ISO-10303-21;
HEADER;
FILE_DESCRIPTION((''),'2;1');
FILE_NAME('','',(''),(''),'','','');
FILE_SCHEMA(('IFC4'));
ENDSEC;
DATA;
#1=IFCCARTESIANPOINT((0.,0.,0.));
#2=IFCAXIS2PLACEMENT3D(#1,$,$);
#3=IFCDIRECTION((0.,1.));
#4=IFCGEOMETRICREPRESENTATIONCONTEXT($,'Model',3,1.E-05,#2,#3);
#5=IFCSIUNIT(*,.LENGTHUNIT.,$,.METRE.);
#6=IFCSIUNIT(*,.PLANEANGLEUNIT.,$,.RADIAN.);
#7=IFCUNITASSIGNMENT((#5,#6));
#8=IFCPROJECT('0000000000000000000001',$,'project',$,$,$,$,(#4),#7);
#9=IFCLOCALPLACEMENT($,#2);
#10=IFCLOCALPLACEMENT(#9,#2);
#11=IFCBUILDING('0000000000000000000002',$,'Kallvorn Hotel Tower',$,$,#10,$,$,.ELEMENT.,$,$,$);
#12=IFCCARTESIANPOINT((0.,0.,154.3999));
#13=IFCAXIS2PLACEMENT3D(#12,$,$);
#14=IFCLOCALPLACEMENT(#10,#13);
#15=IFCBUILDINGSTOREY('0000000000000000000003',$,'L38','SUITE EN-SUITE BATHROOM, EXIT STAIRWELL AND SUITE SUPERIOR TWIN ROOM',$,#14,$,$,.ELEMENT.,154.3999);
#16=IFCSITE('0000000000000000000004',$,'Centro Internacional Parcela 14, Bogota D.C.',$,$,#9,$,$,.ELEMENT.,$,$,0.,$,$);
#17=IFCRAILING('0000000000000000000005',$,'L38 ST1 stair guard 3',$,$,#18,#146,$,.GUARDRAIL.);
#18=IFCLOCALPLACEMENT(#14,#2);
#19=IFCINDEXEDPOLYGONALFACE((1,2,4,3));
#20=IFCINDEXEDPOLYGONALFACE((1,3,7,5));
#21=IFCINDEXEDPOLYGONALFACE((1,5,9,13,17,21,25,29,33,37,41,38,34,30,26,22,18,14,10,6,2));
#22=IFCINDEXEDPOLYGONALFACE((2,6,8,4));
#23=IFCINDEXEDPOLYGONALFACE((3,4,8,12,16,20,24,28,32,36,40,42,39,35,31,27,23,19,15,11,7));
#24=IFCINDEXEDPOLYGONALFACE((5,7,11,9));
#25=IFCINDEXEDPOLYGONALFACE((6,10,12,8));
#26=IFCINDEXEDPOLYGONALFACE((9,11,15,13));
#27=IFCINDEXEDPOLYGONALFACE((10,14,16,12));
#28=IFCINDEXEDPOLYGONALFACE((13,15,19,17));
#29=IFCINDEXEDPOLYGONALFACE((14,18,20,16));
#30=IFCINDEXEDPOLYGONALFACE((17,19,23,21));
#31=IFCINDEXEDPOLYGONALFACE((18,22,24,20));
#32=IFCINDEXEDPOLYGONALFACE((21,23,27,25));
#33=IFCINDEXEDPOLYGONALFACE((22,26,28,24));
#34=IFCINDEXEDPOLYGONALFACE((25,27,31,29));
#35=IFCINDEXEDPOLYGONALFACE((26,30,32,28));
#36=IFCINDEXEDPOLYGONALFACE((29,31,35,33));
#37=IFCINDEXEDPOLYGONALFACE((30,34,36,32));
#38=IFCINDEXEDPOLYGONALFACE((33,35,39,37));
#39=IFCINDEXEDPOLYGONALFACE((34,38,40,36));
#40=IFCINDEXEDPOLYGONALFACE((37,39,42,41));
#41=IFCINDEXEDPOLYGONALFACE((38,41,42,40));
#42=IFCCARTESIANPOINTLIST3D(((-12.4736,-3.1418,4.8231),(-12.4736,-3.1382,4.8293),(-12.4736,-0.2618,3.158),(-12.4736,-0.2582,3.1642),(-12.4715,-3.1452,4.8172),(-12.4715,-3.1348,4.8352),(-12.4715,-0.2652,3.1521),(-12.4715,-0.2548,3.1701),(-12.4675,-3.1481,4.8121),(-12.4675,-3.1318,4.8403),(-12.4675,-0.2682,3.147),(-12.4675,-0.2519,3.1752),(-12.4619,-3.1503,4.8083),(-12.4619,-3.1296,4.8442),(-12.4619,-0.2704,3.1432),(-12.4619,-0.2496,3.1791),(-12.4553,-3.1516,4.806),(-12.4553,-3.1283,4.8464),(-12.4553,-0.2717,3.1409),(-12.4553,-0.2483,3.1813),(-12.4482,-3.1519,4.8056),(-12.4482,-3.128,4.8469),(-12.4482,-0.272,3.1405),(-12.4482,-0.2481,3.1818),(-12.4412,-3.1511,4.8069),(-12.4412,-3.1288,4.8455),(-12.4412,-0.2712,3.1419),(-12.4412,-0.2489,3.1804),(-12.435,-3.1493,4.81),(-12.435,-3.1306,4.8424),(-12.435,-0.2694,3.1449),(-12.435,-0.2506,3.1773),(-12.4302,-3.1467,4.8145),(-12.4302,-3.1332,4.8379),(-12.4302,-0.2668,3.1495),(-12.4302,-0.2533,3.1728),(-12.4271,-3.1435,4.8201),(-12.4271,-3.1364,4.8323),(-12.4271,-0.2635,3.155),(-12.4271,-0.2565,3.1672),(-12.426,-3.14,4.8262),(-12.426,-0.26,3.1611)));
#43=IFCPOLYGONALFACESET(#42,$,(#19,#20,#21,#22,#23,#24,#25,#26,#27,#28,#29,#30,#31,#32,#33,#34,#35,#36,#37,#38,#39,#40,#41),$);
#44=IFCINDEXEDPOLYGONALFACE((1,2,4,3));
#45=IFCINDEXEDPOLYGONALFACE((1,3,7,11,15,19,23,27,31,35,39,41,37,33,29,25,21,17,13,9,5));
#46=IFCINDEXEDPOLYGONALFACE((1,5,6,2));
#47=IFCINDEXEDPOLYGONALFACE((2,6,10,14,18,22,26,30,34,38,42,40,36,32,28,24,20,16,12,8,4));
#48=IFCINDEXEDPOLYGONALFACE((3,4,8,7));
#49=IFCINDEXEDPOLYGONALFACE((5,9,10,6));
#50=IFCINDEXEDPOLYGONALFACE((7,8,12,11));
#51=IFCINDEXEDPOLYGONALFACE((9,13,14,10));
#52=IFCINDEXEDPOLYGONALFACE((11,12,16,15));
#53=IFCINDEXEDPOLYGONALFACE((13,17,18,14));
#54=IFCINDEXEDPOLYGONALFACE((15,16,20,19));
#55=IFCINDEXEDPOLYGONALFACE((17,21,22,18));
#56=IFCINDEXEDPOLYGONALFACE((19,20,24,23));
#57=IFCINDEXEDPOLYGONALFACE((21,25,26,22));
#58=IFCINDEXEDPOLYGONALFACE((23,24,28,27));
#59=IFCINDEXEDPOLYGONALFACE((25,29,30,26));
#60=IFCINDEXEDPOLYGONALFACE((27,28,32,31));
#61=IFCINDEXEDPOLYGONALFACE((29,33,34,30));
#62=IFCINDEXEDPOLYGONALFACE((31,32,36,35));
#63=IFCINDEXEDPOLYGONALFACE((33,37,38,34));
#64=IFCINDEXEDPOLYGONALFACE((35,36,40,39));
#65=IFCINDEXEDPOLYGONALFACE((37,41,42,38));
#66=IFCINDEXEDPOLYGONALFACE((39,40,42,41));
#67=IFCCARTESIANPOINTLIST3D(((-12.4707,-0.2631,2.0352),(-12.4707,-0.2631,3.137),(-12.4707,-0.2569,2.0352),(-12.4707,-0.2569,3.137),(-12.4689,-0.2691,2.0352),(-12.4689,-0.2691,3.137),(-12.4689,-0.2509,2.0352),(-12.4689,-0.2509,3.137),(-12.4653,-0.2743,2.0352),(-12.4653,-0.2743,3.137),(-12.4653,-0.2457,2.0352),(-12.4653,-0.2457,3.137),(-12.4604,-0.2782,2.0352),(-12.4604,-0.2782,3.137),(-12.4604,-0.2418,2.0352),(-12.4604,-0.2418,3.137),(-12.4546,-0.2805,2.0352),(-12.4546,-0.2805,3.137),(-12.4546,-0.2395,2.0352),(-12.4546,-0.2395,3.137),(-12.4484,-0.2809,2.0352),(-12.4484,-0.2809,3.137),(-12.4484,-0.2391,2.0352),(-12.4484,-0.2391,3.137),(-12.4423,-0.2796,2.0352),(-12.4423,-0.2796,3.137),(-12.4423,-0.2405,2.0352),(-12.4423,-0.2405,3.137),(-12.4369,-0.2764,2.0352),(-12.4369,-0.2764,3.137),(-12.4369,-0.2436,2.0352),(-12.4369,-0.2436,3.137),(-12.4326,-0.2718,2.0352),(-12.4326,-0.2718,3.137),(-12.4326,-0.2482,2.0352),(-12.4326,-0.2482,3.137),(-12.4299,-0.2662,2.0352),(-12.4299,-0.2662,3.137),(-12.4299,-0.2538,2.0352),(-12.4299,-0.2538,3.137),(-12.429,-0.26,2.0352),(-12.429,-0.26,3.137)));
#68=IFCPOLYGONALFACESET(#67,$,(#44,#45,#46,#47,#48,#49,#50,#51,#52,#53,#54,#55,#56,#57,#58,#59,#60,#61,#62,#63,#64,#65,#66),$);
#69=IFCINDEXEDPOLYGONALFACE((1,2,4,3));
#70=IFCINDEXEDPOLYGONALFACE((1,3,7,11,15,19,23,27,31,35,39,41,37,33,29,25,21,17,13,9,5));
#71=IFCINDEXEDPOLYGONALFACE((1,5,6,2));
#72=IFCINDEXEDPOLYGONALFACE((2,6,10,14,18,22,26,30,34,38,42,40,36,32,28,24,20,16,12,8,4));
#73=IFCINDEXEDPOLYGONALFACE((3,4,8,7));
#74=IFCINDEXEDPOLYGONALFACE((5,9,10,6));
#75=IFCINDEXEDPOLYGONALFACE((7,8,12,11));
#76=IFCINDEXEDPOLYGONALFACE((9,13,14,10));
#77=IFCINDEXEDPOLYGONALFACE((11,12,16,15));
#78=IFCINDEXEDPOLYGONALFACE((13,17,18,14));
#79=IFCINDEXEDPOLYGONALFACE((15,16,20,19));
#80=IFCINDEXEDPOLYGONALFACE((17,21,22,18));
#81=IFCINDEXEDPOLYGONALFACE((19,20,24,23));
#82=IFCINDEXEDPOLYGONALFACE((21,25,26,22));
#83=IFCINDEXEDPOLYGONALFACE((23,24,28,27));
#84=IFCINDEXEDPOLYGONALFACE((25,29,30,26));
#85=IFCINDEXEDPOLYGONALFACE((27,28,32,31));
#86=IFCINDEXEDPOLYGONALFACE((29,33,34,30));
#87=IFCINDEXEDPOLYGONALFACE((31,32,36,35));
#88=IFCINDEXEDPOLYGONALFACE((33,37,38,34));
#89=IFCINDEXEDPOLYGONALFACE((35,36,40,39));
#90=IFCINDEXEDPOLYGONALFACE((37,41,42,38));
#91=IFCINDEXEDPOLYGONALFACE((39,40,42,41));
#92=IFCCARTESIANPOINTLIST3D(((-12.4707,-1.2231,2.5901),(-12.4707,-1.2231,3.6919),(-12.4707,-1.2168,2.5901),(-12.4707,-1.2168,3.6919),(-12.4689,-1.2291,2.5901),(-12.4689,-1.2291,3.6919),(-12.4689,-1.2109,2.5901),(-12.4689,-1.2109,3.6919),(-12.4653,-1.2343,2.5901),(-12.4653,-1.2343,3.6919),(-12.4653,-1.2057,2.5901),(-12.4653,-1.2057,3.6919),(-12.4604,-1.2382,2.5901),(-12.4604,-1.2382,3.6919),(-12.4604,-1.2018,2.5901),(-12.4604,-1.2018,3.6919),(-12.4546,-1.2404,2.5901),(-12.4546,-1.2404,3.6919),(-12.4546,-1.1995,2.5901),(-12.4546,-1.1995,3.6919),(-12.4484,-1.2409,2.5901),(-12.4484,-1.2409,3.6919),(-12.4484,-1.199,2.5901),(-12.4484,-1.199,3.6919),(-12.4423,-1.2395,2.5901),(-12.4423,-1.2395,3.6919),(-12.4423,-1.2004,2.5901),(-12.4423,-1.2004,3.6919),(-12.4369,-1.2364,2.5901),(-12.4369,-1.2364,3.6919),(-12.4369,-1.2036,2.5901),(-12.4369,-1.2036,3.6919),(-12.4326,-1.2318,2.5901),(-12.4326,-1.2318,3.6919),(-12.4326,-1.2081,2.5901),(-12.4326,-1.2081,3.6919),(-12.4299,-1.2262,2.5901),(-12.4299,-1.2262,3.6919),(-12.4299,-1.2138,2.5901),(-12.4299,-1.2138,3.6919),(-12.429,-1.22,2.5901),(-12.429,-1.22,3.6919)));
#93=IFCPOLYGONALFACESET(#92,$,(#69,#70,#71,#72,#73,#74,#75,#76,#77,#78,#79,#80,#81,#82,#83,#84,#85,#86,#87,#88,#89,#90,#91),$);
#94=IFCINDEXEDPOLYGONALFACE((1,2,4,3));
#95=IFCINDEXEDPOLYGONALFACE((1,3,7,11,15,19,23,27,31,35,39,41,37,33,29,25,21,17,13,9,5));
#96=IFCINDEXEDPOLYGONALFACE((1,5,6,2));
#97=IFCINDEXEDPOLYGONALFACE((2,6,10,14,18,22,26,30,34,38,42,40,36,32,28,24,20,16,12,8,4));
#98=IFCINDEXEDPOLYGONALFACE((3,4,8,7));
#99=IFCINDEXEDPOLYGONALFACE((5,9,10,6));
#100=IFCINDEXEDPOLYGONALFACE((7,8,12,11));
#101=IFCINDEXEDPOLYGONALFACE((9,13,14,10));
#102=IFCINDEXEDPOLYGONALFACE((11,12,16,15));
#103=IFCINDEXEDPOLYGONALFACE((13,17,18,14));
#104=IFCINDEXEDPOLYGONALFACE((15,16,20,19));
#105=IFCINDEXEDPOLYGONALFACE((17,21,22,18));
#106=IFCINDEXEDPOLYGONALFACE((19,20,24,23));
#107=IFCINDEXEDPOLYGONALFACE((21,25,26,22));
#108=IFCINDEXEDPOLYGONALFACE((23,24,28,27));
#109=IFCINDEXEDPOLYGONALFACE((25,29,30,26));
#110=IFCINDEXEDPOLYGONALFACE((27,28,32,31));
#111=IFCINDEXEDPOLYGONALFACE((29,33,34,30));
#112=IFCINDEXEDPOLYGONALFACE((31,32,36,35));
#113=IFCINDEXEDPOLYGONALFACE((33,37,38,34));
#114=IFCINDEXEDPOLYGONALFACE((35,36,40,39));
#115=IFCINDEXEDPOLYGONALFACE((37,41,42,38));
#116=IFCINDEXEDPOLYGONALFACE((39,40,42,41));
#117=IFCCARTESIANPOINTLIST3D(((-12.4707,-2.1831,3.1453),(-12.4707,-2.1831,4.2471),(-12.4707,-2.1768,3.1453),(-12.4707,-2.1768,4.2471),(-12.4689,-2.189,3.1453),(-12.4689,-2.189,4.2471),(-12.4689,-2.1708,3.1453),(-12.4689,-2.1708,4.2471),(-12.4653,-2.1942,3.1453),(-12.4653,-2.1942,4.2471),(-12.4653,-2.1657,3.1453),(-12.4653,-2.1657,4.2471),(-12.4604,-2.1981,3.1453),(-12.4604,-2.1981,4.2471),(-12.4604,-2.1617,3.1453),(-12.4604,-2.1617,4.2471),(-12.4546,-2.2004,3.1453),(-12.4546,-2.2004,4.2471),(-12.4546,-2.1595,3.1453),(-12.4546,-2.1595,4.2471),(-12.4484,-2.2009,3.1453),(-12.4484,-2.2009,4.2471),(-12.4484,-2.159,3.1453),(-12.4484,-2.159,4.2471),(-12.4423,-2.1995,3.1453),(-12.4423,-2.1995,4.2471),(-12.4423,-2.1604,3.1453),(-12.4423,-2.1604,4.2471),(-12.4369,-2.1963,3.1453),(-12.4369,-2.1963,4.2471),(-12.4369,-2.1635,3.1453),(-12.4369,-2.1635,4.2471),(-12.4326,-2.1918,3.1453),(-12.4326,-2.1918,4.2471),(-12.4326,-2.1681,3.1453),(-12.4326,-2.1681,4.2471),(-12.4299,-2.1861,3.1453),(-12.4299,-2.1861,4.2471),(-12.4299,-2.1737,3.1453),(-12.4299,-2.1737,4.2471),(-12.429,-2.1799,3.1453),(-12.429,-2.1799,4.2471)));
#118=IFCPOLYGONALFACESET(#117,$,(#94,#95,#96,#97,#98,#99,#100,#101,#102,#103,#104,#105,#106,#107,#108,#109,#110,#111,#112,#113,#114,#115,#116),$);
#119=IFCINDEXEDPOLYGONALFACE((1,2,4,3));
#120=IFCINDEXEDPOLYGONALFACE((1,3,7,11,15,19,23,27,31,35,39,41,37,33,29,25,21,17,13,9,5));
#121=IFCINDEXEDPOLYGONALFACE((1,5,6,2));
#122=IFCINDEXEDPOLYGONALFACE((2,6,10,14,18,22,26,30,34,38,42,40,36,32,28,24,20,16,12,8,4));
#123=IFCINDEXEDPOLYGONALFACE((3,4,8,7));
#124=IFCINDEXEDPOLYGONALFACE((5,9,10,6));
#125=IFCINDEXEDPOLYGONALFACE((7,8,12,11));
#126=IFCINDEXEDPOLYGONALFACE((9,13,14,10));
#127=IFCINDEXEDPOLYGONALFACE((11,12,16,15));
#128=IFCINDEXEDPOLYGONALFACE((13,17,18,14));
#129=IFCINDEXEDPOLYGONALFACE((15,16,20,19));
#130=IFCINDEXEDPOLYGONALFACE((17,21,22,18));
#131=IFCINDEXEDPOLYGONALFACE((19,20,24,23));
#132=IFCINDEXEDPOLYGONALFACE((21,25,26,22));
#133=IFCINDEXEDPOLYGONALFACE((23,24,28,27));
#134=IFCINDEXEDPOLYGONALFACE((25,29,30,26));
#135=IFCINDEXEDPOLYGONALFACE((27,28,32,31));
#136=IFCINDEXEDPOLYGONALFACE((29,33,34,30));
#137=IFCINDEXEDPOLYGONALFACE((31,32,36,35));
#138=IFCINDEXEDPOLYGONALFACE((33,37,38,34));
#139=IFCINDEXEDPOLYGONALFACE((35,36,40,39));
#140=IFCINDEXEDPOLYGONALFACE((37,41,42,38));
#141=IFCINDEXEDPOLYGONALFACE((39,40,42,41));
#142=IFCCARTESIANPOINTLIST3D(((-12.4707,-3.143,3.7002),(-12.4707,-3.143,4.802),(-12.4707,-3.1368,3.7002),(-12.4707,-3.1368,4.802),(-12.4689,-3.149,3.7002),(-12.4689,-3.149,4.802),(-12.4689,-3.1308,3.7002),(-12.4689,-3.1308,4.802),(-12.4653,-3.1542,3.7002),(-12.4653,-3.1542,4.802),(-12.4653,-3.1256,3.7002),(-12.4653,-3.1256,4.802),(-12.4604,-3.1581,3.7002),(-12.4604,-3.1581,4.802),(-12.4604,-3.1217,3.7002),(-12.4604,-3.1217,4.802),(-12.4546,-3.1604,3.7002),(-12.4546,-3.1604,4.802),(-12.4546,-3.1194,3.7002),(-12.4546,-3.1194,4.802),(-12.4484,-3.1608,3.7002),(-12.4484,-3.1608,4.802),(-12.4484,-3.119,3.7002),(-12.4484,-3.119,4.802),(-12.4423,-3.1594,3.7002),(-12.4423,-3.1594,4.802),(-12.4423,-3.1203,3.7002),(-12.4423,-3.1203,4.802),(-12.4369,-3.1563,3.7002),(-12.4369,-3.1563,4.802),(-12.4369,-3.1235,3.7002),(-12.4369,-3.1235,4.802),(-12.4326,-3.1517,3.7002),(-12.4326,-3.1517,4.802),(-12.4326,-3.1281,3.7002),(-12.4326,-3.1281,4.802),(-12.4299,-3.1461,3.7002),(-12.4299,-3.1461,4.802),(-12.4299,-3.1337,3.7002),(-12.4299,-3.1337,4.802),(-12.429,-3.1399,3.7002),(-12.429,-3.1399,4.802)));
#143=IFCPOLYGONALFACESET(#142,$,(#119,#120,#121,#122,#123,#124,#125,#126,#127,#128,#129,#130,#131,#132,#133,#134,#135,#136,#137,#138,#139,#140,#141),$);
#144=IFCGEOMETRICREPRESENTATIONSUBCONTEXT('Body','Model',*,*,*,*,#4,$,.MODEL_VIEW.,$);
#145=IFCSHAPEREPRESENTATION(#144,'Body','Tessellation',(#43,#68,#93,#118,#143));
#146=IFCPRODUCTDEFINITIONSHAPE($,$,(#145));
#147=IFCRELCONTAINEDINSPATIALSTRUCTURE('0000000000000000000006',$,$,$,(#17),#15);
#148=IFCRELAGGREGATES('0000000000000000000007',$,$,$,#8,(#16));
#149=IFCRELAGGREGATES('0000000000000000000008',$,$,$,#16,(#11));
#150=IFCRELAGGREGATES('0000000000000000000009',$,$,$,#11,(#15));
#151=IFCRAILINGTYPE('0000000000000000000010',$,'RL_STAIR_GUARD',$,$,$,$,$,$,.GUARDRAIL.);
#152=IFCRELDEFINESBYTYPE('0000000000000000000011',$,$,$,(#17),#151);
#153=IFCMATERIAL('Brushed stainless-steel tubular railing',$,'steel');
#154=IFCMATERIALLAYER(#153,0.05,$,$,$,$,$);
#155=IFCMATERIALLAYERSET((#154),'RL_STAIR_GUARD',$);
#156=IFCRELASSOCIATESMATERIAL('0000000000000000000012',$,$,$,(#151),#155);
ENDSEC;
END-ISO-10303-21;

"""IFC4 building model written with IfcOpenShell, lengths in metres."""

from ifc_helpers import new_model, si_unit, direction, frame, origin, origin_2d, place, context, subcontext, project, spatial, circle, extrude, material, layer, layer_set, type_object, element, save


model = new_model("IFC4")

# Units and contexts
model_context = context("Model", 3, precision=1e-05, world=origin(), true_north=direction((0.0, 1.0)))
body_context = subcontext(model_context, "Body", "Model", "MODEL_VIEW")
ifc_project = project(units=[si_unit("LENGTHUNIT", "METRE"), si_unit("PLANEANGLEUNIT", "RADIAN")], contexts=[model_context])

# Site, building, storey
site_placement = place(None, origin())
site = spatial("IfcSite", under=ifc_project, at=site_placement, Name="Centro Internacional Parcela 14, Bogota D.C.", CompositionType="ELEMENT", RefElevation=0.0)
building_placement = place(site_placement, origin())
building = spatial("IfcBuilding", under=site, at=building_placement, Name="Kallvorn Hotel Tower", CompositionType="ELEMENT")
storey_placement = place(building_placement, frame((0.0, 0.0, 154.3999)))
storey = spatial("IfcBuildingStorey", under=building, at=storey_placement, Name="L38", Description="SUITE EN-SUITE BATHROOM, EXIT STAIRWELL AND SUITE SUPERIOR TWIN ROOM", CompositionType="ELEMENT", Elevation=154.3999)

# Railing
ifc_material_1 = material(Name="Brushed stainless-steel tubular railing", Category="steel")
ifc_layer_1 = layer(ifc_material_1, 0.05)
ifc_layer_set_1 = layer_set([ifc_layer_1], Name="RL_STAIR_GUARD")
railing_type_1 = type_object("IfcRailingType", Name="RL_STAIR_GUARD", PredefinedType="GUARDRAIL", material=ifc_layer_set_1)
railing_1_placement = place(storey_placement, frame((-12.45, -0.26, 2.0352)))
element("IfcRailing", 1, at=railing_1_placement, inside=storey, type_object=railing_type_1, Name="L38 ST1 stair guard 3", PredefinedType="GUARDRAIL", context=body_context, shape_type="SweptSolid", body=[
    extrude(circle(Radius=0.0239, at=origin_2d()), frame((0.0, 0.0, 1.126), z_axis=(0.0, -0.865721, 0.500527), x_axis=(1.0, 0.0, 0.0)), (0.0, 0.0, 1.0), 3.3267),
    extrude(circle(Radius=0.021, at=origin_2d()), origin(), (0.0, 0.0, 1.0), 1.1018),
    extrude(circle(Radius=0.021, at=origin_2d()), frame((0.0, -0.96, 0.5549)), (0.0, 0.0, 1.0), 1.1018),
    extrude(circle(Radius=0.021, at=origin_2d()), frame((0.0, -1.9199, 1.1101)), (0.0, 0.0, 1.0), 1.1018),
    extrude(circle(Radius=0.021, at=origin_2d()), frame((0.0, -2.8799, 1.665)), (0.0, 0.0, 1.0), 1.1018),
])

save(model, "model.ifc")
